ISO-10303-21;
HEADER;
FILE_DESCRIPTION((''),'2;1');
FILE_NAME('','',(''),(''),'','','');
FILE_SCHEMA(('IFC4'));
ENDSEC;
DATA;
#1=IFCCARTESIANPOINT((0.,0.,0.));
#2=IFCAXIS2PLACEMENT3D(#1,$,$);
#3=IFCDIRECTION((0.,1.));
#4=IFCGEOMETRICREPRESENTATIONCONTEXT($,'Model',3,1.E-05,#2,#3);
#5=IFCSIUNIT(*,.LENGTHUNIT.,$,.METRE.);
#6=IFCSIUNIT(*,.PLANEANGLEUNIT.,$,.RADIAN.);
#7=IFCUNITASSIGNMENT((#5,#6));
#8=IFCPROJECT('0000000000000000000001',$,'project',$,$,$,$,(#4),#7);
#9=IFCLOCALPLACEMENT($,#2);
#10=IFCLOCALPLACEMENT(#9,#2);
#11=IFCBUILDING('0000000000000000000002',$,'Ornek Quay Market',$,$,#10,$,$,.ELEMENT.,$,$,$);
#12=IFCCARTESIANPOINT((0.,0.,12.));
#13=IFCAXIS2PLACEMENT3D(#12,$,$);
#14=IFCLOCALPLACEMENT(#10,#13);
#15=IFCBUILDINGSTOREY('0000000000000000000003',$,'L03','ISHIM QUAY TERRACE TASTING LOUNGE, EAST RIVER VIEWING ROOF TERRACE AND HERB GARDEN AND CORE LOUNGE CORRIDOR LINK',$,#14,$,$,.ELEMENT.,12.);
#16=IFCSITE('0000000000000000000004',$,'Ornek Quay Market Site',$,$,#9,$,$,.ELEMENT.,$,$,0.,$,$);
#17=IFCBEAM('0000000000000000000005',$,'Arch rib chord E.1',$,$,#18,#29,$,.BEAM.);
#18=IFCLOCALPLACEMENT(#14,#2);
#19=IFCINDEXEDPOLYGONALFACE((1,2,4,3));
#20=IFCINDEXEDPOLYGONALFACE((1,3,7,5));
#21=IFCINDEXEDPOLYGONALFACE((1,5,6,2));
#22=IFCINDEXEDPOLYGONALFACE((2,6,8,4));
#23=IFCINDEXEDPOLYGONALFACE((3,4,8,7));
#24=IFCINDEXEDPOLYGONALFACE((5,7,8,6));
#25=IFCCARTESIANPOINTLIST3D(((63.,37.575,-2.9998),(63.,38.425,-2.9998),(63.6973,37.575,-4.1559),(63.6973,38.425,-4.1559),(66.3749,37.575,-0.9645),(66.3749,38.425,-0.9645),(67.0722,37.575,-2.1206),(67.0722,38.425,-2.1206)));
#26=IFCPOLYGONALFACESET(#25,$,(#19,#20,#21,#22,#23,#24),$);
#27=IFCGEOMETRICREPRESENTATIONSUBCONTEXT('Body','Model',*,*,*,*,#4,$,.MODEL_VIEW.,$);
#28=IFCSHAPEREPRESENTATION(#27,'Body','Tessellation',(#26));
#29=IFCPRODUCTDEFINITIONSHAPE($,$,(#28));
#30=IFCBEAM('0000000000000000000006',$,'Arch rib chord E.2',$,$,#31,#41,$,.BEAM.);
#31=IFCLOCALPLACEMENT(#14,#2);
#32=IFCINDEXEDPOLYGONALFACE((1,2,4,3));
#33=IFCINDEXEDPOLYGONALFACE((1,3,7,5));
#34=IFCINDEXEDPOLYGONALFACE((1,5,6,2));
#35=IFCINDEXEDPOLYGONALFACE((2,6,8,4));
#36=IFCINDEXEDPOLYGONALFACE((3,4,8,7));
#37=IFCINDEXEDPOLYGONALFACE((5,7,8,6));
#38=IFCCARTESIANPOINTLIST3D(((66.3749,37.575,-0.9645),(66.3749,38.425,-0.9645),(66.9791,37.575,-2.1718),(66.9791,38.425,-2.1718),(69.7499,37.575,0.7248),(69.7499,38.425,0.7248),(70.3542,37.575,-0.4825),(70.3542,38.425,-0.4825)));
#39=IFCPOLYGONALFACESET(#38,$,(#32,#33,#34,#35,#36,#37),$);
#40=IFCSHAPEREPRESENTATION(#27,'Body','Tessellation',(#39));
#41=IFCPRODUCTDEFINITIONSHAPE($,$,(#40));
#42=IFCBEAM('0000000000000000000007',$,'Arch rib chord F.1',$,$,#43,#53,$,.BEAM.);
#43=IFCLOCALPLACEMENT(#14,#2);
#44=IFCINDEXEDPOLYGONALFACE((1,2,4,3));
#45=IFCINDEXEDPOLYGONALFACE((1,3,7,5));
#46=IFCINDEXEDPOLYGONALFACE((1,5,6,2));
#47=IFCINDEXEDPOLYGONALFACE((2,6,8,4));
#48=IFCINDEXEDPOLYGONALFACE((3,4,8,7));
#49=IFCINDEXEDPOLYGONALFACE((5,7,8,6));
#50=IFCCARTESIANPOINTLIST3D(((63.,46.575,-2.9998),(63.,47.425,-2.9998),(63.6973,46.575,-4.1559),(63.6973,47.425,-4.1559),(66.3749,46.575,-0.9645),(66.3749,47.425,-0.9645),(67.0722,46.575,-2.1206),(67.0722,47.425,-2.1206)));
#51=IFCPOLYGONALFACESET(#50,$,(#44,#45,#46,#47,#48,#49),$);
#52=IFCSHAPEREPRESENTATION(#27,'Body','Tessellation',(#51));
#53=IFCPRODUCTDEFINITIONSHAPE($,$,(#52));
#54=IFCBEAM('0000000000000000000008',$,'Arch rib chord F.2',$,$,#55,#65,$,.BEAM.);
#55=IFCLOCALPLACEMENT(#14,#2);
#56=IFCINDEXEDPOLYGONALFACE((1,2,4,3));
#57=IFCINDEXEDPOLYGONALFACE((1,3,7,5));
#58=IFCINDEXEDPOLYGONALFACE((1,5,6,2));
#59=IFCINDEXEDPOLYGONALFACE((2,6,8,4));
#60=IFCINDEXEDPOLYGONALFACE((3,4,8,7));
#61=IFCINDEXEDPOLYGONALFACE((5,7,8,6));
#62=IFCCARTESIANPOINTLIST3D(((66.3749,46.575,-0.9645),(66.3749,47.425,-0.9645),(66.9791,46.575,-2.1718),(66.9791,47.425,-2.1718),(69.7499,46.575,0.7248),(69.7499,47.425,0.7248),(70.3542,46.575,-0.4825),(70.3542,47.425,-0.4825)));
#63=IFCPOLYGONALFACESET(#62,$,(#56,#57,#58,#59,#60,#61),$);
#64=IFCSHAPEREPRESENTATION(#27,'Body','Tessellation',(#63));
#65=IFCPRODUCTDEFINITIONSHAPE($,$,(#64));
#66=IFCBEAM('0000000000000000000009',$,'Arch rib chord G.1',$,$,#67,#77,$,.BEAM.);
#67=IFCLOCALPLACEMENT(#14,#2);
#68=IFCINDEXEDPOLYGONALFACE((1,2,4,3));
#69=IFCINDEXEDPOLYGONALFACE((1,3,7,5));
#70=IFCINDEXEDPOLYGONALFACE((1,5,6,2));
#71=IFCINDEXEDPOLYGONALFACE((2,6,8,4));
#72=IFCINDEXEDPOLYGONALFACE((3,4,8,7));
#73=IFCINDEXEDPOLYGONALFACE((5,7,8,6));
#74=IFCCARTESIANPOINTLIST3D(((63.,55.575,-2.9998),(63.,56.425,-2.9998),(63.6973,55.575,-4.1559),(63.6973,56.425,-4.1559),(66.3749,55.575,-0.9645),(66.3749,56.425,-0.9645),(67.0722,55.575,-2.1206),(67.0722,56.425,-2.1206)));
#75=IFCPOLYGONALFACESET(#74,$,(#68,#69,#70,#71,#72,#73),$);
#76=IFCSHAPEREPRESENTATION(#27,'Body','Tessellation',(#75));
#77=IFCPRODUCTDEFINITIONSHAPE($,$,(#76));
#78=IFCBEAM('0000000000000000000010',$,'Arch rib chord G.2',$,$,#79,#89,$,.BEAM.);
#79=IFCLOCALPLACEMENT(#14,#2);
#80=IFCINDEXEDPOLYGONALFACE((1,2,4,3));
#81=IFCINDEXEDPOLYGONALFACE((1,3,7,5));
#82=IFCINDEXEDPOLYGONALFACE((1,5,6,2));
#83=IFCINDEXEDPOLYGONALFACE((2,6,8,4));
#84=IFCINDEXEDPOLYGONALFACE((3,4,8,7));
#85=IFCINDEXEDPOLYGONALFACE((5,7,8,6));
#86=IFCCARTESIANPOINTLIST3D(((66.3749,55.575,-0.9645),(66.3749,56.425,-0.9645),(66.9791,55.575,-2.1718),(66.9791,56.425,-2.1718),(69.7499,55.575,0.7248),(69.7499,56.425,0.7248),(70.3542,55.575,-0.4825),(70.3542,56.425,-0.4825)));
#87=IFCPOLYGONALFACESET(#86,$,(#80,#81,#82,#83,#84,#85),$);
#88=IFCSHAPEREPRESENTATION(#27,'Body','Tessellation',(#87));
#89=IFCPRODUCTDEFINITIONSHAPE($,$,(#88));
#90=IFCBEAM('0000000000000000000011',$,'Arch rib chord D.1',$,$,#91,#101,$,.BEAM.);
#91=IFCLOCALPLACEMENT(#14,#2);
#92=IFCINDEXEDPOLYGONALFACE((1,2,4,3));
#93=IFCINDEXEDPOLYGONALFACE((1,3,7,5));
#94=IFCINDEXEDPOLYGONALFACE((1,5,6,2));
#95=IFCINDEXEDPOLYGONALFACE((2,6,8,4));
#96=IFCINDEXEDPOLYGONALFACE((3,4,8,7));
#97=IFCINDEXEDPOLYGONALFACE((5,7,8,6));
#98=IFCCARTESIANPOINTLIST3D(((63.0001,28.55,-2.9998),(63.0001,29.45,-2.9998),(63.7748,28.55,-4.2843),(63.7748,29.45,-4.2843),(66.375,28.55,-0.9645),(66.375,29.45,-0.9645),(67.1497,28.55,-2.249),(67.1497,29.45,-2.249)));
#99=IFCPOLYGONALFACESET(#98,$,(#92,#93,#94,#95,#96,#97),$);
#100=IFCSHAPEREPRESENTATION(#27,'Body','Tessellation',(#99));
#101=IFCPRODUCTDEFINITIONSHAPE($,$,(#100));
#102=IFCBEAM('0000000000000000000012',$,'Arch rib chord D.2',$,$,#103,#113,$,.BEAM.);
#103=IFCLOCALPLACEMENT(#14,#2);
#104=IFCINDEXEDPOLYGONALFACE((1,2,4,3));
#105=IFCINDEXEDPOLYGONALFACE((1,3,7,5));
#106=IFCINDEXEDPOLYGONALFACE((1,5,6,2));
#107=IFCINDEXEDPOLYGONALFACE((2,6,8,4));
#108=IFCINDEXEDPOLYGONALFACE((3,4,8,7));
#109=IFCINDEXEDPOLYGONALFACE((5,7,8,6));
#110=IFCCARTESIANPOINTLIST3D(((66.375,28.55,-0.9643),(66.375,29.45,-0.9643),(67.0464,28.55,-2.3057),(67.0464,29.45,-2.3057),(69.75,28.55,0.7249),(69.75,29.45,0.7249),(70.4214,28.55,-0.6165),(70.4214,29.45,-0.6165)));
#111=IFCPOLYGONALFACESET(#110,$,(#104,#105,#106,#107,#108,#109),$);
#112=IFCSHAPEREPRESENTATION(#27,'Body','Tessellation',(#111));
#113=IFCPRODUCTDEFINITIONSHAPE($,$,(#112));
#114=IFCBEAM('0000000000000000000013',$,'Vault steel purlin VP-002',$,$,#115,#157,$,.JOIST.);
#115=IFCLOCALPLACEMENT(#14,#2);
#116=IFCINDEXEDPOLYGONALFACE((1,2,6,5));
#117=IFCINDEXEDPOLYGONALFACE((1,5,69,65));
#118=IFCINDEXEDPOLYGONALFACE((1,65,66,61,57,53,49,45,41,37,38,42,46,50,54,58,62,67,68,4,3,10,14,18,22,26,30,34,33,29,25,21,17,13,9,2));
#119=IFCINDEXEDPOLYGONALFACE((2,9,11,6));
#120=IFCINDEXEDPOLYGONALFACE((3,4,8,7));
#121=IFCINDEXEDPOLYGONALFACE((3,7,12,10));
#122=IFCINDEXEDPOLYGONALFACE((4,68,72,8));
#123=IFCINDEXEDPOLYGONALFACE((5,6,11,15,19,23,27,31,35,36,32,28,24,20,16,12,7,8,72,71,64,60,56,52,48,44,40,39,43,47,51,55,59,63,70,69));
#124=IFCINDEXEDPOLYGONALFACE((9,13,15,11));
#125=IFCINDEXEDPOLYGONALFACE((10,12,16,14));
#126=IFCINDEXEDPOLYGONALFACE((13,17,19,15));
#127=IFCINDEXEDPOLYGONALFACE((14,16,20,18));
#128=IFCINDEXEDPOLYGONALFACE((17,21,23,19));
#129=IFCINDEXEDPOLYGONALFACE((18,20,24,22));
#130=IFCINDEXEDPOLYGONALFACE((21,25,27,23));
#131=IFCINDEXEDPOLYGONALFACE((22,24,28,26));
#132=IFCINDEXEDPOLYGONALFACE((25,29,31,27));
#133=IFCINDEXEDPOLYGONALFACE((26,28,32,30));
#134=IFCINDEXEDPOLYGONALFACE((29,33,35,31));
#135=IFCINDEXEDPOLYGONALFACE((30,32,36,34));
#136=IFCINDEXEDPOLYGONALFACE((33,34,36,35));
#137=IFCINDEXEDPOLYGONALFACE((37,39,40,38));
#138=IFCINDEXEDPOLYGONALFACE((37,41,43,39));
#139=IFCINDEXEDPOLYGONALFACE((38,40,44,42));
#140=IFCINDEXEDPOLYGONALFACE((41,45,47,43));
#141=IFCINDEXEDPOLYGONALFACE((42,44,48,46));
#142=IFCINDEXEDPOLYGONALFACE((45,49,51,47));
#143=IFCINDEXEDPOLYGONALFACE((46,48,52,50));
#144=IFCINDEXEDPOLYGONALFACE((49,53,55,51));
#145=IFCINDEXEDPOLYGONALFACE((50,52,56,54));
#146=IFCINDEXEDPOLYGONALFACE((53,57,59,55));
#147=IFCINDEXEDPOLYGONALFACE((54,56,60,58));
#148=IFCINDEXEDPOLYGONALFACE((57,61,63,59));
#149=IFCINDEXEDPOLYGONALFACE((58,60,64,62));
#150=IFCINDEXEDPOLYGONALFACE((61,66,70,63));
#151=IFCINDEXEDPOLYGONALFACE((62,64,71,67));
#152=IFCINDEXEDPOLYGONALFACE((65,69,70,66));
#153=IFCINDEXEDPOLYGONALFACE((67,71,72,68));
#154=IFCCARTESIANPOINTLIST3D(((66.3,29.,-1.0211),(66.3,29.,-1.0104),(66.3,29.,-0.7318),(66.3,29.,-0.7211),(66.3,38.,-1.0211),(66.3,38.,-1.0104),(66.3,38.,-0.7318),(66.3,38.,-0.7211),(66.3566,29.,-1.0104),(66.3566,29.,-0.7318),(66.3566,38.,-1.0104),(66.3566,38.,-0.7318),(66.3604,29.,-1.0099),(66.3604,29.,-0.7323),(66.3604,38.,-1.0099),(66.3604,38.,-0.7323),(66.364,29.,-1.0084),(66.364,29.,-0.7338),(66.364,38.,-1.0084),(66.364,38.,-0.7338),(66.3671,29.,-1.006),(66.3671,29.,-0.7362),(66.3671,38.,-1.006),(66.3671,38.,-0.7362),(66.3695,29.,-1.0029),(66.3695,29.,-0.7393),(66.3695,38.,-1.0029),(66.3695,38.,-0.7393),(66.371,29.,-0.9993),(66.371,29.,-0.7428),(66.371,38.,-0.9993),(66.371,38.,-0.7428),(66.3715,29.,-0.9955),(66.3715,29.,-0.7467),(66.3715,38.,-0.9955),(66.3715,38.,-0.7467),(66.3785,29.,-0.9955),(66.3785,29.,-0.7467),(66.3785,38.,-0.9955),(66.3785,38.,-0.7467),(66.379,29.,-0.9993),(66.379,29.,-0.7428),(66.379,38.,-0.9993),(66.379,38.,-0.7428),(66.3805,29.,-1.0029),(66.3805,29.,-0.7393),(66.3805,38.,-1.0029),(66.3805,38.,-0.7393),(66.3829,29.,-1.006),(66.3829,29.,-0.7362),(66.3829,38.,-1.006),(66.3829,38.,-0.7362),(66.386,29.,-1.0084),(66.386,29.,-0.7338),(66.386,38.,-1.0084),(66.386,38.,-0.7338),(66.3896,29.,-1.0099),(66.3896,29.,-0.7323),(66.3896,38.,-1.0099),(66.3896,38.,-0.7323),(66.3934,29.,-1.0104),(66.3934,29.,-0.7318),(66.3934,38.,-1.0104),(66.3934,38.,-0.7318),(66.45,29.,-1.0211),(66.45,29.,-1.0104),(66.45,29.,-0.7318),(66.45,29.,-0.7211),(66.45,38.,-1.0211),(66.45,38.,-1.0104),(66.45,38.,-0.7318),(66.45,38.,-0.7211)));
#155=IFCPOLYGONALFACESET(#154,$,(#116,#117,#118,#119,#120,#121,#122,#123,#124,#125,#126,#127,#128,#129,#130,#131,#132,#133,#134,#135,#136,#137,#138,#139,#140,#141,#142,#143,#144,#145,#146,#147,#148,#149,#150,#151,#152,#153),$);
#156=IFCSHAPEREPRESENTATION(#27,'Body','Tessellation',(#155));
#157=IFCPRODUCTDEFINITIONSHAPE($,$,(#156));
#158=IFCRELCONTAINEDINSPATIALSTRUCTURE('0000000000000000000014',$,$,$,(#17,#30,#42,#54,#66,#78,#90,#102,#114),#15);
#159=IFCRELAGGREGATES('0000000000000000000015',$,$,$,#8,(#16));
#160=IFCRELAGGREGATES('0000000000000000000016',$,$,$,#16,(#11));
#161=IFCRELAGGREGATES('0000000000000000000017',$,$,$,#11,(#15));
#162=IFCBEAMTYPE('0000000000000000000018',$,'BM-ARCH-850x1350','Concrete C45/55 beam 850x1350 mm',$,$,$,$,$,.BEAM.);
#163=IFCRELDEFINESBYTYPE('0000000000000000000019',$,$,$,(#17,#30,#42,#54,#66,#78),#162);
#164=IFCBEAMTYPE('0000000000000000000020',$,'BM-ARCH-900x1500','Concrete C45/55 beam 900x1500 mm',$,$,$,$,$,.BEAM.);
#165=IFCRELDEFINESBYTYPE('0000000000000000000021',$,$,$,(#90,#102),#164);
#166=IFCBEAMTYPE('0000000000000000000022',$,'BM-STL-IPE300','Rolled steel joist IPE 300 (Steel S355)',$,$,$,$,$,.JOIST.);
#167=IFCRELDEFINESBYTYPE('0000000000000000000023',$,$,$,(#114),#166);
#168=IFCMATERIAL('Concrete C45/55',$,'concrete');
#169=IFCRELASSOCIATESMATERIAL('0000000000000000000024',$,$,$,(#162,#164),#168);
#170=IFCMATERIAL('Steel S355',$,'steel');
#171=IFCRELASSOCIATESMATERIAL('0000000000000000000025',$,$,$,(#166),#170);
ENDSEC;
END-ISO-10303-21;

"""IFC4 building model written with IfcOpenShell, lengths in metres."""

from ifc_helpers import new_model, si_unit, direction, frame, origin, origin_2d, place, context, subcontext, project, spatial, rectangle, i_section, extrude, material, material_profile, profile_set, type_object, element, save


model = new_model("IFC4")

# Units and contexts
model_context = context("Model", 3, precision=1e-05, world=origin(), true_north=direction((0.0, 1.0)))
body_context = subcontext(model_context, "Body", "Model", "MODEL_VIEW")
ifc_project = project(units=[si_unit("LENGTHUNIT", "METRE"), si_unit("PLANEANGLEUNIT", "RADIAN")], contexts=[model_context])

# Site, building, storey
site_placement = place(None, origin())
site = spatial("IfcSite", under=ifc_project, at=site_placement, Name="Ornek Quay Market Site", CompositionType="ELEMENT", RefElevation=0.0)
building_placement = place(site_placement, origin())
building = spatial("IfcBuilding", under=site, at=building_placement, Name="Ornek Quay Market", CompositionType="ELEMENT")
storey_placement = place(building_placement, frame((0.0, 0.0, 12.0)))
storey = spatial("IfcBuildingStorey", under=building, at=storey_placement, Name="L03", Description="ISHIM QUAY TERRACE TASTING LOUNGE, EAST RIVER VIEWING ROOF TERRACE AND HERB GARDEN AND CORE LOUNGE CORRIDOR LINK", CompositionType="ELEMENT", Elevation=12.0)

# Beams
ifc_material_1 = material(Name="Concrete C45/55", Category="concrete")
ifc_material_profile_1 = material_profile(ifc_material_1, rectangle(XDim=0.8501, YDim=1.3501, at=origin_2d()), Name="RC 850x1350", Category="concrete")
ifc_profile_set_1 = profile_set([ifc_material_profile_1], Name="Concrete C45/55")
beam_type_1 = type_object("IfcBeamType", Name="BM-ARCH-850x1350", Description="Concrete C45/55 beam 850x1350 mm", PredefinedType="BEAM", material=ifc_profile_set_1)
beam_1_placement = place(storey_placement, frame((63.3486, 38.0, -3.5779), z_axis=(0.856327, 0.0, 0.516435), x_axis=(0.0, 1.0, 0.0)))
element("IfcBeam", 1, at=beam_1_placement, inside=storey, type_object=beam_type_1, Name="Arch rib chord E.1", PredefinedType="BEAM", context=body_context, shape_type="SweptSolid", body=[
    extrude(rectangle(XDim=0.8501, YDim=1.3501, at=origin_2d()), origin(), (0.0, 0.0, 1.0), 3.9412),
])
beam_2_placement = place(storey_placement, frame((66.677, 38.0, -1.5681), z_axis=(0.894246, 0.0, 0.447576), x_axis=(0.0, 1.0, 0.0)))
element("IfcBeam", 2, at=beam_2_placement, inside=storey, type_object=beam_type_1, Name="Arch rib chord E.2", PredefinedType="BEAM", context=body_context, shape_type="SweptSolid", body=[
    extrude(rectangle(XDim=0.8501, YDim=1.3501, at=origin_2d()), origin(), (0.0, 0.0, 1.0), 3.7742),
])
beam_3_placement = place(storey_placement, frame((63.3486, 47.0, -3.5779), z_axis=(0.856327, 0.0, 0.516435), x_axis=(0.0, 1.0, 0.0)))
element("IfcBeam", 3, at=beam_3_placement, inside=storey, type_object=beam_type_1, Name="Arch rib chord F.1", PredefinedType="BEAM", context=body_context, shape_type="SweptSolid", body=[
    extrude(rectangle(XDim=0.8501, YDim=1.3501, at=origin_2d()), origin(), (0.0, 0.0, 1.0), 3.9412),
])
beam_4_placement = place(storey_placement, frame((66.677, 47.0, -1.5681), z_axis=(0.894246, 0.0, 0.447576), x_axis=(0.0, 1.0, 0.0)))
element("IfcBeam", 4, at=beam_4_placement, inside=storey, type_object=beam_type_1, Name="Arch rib chord F.2", PredefinedType="BEAM", context=body_context, shape_type="SweptSolid", body=[
    extrude(rectangle(XDim=0.8501, YDim=1.3501, at=origin_2d()), origin(), (0.0, 0.0, 1.0), 3.7742),
])
beam_5_placement = place(storey_placement, frame((63.3486, 56.0, -3.5779), z_axis=(0.856327, 0.0, 0.516435), x_axis=(0.0, 1.0, 0.0)))
element("IfcBeam", 5, at=beam_5_placement, inside=storey, type_object=beam_type_1, Name="Arch rib chord G.1", PredefinedType="BEAM", context=body_context, shape_type="SweptSolid", body=[
    extrude(rectangle(XDim=0.8501, YDim=1.3501, at=origin_2d()), origin(), (0.0, 0.0, 1.0), 3.9412),
])
beam_6_placement = place(storey_placement, frame((66.677, 56.0, -1.5681), z_axis=(0.894246, 0.0, 0.447576), x_axis=(0.0, 1.0, 0.0)))
element("IfcBeam", 6, at=beam_6_placement, inside=storey, type_object=beam_type_1, Name="Arch rib chord G.2", PredefinedType="BEAM", context=body_context, shape_type="SweptSolid", body=[
    extrude(rectangle(XDim=0.8501, YDim=1.3501, at=origin_2d()), origin(), (0.0, 0.0, 1.0), 3.7742),
])
ifc_material_profile_2 = material_profile(ifc_material_1, rectangle(XDim=0.8999, YDim=1.5, at=origin_2d()), Name="RC 900x1500", Category="concrete")
ifc_profile_set_2 = profile_set([ifc_material_profile_2], Name="Concrete C45/55")
beam_type_2 = type_object("IfcBeamType", Name="BM-ARCH-900x1500", Description="Concrete C45/55 beam 900x1500 mm", PredefinedType="BEAM", material=ifc_profile_set_2)
beam_7_placement = place(storey_placement, frame((63.3875, 29.0, -3.6421), z_axis=(0.856327, 0.0, 0.516435), x_axis=(0.0, 1.0, 0.0)))
element("IfcBeam", 7, at=beam_7_placement, inside=storey, type_object=beam_type_2, Name="Arch rib chord D.1", PredefinedType="BEAM", context=body_context, shape_type="SweptSolid", body=[
    extrude(rectangle(XDim=0.8999, YDim=1.5, at=origin_2d()), origin(), (0.0, 0.0, 1.0), 3.9412),
])
beam_8_placement = place(storey_placement, frame((66.7107, 29.0, -1.635), z_axis=(0.894246, 0.0, 0.447576), x_axis=(0.0, 1.0, 0.0)))
element("IfcBeam", 8, at=beam_8_placement, inside=storey, type_object=beam_type_2, Name="Arch rib chord D.2", PredefinedType="BEAM", context=body_context, shape_type="SweptSolid", body=[
    extrude(rectangle(XDim=0.8999, YDim=1.5, at=origin_2d()), origin(), (0.0, 0.0, 1.0), 3.7742),
])
ifc_material_2 = material(Name="Steel S355", Category="steel")
ifc_material_profile_3 = material_profile(ifc_material_2, i_section(OverallWidth=0.1499, OverallDepth=0.3, WebThickness=0.0071, FlangeThickness=0.0107, FilletRadius=0.0149, at=origin_2d()), Name="IPE 300", Category="steel")
ifc_profile_set_3 = profile_set([ifc_material_profile_3], Name="Steel S355")
beam_type_3 = type_object("IfcBeamType", Name="BM-STL-IPE300", Description="Rolled steel joist IPE 300 (Steel S355)", PredefinedType="JOIST", material=ifc_profile_set_3)
for number, where, z_axis, x_axis, name in (
    (9, (66.375, 29.0, -0.8711), (0.0, 1.0, 0.0), (-1.0, 0.0, 0.0), "Vault steel purlin VP-002"),
):
    element("IfcBeam", number, at=place(storey_placement, frame(where, z_axis=z_axis, x_axis=x_axis)), inside=storey, type_object=beam_type_3, Name=name, PredefinedType="JOIST", context=body_context, shape_type="SweptSolid", body=[
        extrude(i_section(OverallWidth=0.1499, OverallDepth=0.3, WebThickness=0.0071, FlangeThickness=0.0107, FilletRadius=0.0149, at=origin_2d()), origin(), (0.0, 0.0, 1.0), 9.0),
    ])

save(model, "model.ifc")
